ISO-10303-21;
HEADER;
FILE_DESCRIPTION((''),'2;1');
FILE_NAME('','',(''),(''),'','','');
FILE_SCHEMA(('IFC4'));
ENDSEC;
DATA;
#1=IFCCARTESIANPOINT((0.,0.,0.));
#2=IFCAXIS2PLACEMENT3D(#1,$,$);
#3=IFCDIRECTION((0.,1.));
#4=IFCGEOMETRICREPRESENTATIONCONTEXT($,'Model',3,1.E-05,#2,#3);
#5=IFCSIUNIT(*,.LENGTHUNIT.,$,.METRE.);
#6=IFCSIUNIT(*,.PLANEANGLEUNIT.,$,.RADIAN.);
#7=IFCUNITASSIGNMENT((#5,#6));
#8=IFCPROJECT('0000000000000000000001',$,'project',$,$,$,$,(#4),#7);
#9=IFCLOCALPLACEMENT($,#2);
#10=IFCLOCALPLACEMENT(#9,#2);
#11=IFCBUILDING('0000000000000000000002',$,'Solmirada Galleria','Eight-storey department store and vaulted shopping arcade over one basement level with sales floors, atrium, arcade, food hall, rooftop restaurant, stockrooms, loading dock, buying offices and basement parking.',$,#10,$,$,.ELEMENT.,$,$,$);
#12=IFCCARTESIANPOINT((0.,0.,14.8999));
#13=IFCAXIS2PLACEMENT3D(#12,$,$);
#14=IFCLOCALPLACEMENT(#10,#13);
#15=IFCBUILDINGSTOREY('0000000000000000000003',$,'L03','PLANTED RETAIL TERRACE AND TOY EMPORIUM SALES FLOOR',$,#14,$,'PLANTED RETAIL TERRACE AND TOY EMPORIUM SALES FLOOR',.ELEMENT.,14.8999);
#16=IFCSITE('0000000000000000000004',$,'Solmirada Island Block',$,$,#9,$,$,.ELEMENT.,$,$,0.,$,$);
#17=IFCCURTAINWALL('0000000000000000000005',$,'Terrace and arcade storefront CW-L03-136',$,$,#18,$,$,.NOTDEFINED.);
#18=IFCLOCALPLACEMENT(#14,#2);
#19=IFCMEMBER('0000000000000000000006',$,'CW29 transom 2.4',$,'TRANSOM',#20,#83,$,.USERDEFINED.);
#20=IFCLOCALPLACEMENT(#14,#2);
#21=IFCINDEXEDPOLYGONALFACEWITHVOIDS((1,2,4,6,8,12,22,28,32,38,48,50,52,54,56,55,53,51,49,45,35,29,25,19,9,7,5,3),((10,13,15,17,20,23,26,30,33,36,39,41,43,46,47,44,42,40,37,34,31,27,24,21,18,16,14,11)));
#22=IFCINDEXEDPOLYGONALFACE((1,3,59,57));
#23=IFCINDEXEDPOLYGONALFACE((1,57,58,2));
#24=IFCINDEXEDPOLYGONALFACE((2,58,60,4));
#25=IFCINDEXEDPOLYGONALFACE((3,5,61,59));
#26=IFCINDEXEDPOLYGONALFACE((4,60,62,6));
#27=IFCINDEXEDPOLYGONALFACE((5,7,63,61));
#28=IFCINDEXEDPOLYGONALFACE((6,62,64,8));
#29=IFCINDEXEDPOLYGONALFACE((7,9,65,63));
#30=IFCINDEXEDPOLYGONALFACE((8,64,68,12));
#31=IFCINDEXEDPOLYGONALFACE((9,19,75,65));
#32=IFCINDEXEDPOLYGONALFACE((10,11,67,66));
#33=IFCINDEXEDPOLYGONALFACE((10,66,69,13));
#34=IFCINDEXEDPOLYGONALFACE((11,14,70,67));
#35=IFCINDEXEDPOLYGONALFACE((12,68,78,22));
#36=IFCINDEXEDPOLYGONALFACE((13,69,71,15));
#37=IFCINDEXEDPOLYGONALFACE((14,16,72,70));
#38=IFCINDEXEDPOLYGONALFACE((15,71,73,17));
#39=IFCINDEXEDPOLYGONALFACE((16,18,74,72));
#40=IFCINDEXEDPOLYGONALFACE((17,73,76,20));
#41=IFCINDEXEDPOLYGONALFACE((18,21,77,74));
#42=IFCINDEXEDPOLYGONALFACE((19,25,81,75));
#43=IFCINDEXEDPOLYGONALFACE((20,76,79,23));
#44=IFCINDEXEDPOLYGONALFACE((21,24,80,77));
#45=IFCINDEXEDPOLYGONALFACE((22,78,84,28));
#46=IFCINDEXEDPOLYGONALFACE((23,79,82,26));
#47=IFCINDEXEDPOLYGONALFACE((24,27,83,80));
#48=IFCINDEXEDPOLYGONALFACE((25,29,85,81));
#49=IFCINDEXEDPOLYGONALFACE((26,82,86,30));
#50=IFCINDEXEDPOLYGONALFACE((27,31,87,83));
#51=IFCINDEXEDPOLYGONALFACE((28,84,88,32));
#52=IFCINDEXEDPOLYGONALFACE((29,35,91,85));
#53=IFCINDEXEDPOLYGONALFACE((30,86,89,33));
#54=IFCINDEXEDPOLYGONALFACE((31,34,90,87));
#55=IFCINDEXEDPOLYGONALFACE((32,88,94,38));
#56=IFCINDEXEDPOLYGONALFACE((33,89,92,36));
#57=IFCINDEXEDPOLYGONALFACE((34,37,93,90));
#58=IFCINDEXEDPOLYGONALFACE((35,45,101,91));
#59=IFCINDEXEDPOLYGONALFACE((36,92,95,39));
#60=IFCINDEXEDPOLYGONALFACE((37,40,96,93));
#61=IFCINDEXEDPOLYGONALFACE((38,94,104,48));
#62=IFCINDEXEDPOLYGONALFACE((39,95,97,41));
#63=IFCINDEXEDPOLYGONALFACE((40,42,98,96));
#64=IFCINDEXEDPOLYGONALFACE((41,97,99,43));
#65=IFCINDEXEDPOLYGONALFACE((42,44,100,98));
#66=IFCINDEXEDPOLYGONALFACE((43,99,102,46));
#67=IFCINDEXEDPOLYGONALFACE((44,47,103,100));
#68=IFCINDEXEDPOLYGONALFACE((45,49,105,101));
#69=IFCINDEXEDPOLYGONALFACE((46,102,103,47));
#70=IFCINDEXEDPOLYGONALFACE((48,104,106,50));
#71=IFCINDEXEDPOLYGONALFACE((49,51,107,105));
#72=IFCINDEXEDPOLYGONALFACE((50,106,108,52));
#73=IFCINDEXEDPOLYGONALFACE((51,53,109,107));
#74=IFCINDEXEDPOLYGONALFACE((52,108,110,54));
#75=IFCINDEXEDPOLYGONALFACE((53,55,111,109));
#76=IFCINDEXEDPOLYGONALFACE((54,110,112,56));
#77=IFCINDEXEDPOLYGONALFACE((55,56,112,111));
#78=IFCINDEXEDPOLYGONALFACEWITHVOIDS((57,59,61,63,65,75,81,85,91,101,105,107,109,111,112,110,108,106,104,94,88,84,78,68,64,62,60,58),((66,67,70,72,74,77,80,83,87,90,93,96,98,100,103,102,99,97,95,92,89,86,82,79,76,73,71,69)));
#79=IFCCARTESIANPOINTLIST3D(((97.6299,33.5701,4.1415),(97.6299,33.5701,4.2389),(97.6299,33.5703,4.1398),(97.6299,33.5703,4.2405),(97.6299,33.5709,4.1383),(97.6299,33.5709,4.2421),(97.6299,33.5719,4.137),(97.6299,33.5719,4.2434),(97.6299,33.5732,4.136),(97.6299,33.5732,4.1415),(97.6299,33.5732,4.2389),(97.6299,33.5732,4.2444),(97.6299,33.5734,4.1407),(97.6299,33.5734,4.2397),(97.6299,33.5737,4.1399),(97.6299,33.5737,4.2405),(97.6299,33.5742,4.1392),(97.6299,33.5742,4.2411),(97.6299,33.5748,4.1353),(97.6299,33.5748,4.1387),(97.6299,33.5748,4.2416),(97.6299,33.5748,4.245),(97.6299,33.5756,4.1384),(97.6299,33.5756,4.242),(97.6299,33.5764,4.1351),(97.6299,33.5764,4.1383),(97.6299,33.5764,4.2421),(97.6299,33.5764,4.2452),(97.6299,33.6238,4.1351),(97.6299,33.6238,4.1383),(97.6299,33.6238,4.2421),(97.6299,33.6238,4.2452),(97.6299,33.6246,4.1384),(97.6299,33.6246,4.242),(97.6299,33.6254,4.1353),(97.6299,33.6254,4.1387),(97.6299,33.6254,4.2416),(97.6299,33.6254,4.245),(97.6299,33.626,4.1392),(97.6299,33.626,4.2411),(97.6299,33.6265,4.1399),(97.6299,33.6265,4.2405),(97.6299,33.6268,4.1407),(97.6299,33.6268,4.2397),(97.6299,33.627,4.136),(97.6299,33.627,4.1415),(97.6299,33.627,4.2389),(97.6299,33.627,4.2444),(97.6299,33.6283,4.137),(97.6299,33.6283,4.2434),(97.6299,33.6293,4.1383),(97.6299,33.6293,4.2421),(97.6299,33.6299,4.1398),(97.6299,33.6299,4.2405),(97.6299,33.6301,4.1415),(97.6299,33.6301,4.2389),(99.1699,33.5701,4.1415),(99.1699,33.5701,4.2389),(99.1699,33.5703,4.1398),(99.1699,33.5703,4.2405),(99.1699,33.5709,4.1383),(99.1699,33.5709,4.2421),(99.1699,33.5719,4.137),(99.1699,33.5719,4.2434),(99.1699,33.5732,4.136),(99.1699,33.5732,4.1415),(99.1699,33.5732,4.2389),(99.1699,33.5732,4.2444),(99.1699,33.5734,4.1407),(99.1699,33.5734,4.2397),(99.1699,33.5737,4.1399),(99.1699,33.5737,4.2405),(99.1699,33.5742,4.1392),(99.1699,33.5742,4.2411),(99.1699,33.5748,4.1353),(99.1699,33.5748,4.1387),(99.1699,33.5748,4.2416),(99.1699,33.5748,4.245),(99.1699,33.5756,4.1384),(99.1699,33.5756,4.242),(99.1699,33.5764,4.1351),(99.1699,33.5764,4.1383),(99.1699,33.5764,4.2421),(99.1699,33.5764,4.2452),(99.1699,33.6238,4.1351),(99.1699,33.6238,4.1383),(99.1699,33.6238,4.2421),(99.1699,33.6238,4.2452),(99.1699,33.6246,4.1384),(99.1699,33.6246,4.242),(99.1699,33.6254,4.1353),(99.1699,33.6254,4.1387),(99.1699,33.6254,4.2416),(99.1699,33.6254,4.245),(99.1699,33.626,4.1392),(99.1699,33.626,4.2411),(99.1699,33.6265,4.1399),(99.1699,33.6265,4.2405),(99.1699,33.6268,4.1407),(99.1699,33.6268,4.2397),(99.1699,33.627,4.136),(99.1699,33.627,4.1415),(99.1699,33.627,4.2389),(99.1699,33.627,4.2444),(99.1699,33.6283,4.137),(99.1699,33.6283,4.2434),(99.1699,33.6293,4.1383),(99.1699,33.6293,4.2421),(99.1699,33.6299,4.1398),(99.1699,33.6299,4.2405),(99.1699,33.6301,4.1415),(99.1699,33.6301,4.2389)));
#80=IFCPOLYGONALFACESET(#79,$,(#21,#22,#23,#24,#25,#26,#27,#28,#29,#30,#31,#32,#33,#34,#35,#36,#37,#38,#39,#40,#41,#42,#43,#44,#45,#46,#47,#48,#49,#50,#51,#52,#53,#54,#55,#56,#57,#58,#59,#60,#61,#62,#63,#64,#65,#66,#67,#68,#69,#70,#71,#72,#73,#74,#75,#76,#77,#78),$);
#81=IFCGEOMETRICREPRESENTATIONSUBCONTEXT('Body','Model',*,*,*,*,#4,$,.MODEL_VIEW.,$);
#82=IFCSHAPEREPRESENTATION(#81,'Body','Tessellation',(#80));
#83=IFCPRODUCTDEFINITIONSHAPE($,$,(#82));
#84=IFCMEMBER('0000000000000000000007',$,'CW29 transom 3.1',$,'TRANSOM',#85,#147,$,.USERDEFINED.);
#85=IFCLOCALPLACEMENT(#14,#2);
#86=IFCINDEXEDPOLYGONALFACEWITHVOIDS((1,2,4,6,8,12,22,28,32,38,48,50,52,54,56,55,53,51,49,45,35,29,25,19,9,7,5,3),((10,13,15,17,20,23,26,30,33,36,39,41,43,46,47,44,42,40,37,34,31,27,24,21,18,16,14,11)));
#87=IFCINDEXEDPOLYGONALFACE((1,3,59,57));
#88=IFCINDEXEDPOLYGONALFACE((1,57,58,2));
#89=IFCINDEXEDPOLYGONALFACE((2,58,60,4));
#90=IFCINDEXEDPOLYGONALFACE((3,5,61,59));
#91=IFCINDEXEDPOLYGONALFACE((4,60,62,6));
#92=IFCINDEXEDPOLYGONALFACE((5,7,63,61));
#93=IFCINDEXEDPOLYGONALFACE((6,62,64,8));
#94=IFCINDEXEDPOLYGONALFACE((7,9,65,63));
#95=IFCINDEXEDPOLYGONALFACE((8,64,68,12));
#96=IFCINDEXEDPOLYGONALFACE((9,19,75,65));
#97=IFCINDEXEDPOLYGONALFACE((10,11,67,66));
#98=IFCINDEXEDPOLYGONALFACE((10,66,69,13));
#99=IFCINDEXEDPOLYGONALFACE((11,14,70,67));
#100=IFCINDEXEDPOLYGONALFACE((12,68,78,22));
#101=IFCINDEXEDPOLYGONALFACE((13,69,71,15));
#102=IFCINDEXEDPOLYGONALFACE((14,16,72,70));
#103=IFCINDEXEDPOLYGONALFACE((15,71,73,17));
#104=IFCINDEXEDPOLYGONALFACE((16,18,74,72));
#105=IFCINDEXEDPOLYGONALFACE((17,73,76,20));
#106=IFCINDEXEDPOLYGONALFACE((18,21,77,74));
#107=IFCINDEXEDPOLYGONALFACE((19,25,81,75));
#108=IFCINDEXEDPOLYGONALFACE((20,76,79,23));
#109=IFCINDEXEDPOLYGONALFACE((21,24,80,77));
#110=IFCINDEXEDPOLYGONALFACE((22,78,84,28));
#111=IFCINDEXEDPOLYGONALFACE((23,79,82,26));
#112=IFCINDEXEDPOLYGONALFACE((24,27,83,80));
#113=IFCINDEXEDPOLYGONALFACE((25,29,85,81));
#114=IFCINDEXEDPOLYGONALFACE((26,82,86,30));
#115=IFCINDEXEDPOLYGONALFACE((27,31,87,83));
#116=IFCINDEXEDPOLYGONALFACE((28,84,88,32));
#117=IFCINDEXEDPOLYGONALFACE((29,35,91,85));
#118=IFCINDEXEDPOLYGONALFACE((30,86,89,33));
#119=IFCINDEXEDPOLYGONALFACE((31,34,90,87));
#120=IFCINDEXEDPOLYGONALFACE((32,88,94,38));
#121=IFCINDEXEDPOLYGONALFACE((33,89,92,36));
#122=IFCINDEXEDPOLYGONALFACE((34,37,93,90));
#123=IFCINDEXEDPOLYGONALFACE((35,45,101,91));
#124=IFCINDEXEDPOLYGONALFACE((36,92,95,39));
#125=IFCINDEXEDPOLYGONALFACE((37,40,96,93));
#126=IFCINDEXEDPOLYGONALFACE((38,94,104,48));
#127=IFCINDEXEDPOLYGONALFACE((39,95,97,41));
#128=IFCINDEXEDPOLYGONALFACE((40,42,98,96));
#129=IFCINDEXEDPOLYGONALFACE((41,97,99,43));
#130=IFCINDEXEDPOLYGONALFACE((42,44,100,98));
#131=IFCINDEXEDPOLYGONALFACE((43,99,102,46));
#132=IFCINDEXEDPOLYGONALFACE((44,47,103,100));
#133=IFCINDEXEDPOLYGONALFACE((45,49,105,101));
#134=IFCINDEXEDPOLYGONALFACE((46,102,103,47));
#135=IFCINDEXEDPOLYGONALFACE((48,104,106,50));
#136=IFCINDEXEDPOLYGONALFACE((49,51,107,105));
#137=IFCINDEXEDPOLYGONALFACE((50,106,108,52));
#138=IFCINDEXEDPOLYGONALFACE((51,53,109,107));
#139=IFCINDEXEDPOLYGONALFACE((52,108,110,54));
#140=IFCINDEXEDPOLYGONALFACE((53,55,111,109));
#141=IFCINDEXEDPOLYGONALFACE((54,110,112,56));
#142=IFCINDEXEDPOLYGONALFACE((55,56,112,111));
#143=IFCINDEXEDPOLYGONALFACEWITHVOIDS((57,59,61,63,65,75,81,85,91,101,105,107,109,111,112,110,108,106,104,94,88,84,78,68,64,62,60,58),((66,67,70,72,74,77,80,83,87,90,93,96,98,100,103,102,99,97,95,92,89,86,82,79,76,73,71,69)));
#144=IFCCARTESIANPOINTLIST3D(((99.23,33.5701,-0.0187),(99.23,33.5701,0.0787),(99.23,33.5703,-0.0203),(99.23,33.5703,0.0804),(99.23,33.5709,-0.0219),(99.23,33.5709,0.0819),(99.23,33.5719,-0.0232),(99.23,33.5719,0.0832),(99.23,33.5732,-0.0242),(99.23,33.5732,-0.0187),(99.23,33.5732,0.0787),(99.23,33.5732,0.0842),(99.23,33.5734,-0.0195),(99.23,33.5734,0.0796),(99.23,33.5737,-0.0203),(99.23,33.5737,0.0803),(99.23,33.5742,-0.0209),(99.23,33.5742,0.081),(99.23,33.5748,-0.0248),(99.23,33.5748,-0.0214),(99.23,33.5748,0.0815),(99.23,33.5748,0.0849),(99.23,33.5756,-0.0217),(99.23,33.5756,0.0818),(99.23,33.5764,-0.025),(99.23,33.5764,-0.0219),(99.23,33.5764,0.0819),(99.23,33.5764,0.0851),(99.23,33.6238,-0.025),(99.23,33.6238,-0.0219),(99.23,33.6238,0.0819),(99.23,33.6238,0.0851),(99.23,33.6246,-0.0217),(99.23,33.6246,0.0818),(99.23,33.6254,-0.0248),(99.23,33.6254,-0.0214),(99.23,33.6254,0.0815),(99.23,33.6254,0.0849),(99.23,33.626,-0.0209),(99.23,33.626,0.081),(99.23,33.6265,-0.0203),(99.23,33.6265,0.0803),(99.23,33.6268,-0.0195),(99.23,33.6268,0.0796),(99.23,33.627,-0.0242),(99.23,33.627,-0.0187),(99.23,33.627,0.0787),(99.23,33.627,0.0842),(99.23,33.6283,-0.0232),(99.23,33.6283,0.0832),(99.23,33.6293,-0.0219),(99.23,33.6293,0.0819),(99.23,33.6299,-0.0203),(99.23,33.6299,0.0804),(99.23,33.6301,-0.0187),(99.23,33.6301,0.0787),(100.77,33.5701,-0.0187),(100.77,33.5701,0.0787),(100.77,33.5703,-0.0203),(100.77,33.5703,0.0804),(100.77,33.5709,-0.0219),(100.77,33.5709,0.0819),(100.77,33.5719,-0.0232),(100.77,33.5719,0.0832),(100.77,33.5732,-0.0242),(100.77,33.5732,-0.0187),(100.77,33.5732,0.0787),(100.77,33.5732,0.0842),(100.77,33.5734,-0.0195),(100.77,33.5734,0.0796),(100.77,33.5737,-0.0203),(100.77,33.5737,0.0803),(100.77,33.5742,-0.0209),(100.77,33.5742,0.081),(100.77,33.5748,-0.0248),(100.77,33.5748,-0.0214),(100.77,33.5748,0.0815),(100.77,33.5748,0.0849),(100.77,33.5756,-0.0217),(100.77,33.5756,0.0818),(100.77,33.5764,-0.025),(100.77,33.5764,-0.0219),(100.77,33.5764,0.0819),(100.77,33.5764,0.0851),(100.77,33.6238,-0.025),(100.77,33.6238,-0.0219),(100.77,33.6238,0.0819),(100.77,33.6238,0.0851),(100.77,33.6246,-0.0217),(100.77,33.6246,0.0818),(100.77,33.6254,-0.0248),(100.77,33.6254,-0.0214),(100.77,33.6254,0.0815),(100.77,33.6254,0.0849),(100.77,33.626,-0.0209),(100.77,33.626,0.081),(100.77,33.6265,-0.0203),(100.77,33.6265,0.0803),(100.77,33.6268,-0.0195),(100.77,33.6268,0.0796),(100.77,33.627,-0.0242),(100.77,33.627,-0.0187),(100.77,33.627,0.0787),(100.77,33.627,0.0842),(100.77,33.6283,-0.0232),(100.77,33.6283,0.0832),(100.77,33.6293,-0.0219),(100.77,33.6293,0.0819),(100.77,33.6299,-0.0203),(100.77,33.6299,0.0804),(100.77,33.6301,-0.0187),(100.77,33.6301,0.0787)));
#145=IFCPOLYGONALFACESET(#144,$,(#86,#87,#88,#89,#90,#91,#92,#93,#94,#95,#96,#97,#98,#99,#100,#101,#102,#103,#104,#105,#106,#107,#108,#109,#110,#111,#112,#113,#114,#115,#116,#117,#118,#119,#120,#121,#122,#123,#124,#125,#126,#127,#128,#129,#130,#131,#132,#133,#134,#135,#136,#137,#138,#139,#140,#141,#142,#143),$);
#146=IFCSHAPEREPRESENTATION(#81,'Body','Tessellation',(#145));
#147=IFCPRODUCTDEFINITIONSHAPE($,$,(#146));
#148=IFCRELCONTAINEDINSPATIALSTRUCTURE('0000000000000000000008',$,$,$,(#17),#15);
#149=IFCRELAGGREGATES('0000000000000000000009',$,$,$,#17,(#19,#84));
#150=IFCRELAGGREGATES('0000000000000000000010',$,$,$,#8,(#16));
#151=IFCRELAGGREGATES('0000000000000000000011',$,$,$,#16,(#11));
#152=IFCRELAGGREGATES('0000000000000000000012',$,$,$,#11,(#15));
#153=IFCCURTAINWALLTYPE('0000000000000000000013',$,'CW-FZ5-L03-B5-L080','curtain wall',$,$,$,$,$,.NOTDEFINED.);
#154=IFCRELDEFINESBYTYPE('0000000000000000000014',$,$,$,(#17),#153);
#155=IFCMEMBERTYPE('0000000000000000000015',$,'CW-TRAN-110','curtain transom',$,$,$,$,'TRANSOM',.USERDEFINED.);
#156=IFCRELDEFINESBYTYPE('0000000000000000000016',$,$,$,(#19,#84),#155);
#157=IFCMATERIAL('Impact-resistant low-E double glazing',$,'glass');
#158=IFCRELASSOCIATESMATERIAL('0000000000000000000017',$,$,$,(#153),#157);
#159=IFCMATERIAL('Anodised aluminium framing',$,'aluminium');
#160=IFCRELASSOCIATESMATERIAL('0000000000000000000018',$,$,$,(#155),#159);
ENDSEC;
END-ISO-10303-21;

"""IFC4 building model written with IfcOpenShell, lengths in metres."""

from ifc_helpers import new_model, si_unit, direction, frame, origin, origin_2d, place, context, subcontext, project, spatial, hollow_rectangle, extrude, material, material_profile, profile_set, type_object, element, aggregate, save


model = new_model("IFC4")

# Units and contexts
model_context = context("Model", 3, precision=1e-05, world=origin(), true_north=direction((0.0, 1.0)))
body_context = subcontext(model_context, "Body", "Model", "MODEL_VIEW")
ifc_project = project(units=[si_unit("LENGTHUNIT", "METRE"), si_unit("PLANEANGLEUNIT", "RADIAN")], contexts=[model_context])

# Site, building, storey
site_placement = place(None, origin())
site = spatial("IfcSite", under=ifc_project, at=site_placement, Name="Solmirada Island Block", CompositionType="ELEMENT", RefElevation=0.0)
building_placement = place(site_placement, origin())
building = spatial("IfcBuilding", under=site, at=building_placement, Name="Solmirada Galleria", Description="Eight-storey department store and vaulted shopping arcade over one basement level with sales floors, atrium, arcade, food hall, rooftop restaurant, stockrooms, loading dock, buying offices and basement parking.", CompositionType="ELEMENT")
storey_placement = place(building_placement, frame((0.0, 0.0, 14.8999)))
storey = spatial("IfcBuildingStorey", under=building, at=storey_placement, Name="L03", Description="PLANTED RETAIL TERRACE AND TOY EMPORIUM SALES FLOOR", LongName="PLANTED RETAIL TERRACE AND TOY EMPORIUM SALES FLOOR", CompositionType="ELEMENT", Elevation=14.8999)

# Curtain wall, members
ifc_material_1 = material(Name="Impact-resistant low-E double glazing", Category="glass")
curtain_wall_type = type_object("IfcCurtainWallType", Name="CW-FZ5-L03-B5-L080", Description="curtain wall", PredefinedType="NOTDEFINED", material=ifc_material_1)
curtain_wall_placement = place(storey_placement, origin())
curtain_wall = element("IfcCurtainWall", 1, at=curtain_wall_placement, inside=storey, type_object=curtain_wall_type, Name="Terrace and arcade storefront CW-L03-136", PredefinedType="NOTDEFINED")
ifc_material_2 = material(Name="Anodised aluminium framing", Category="aluminium")
ifc_material_profile_1 = material_profile(ifc_material_2, hollow_rectangle(XDim=0.0601, YDim=0.1101, WallThickness=0.0032, InnerFilletRadius=0.0032, OuterFilletRadius=0.0063, at=origin_2d()), Name="ALU-TRAN-110X60")
ifc_profile_set_1 = profile_set([ifc_material_profile_1], Name="Anodised aluminium framing")
member_type_1 = type_object("IfcMemberType", Name="CW-TRAN-110", Description="curtain transom", ElementType="TRANSOM", PredefinedType="USERDEFINED", material=ifc_profile_set_1)
member_1_placement = place(storey_placement, frame((97.6299, 33.6001, 4.1902), z_axis=(1.0, 0.0, 0.0), x_axis=(0.0, 1.0, 0.0)))
member_1 = element("IfcMember", 2, at=member_1_placement, type_object=member_type_1, Name="CW29 transom 2.4", ObjectType="TRANSOM", PredefinedType="USERDEFINED", context=body_context, shape_type="SweptSolid", body=[
    extrude(hollow_rectangle(XDim=0.0601, YDim=0.1101, WallThickness=0.0032, InnerFilletRadius=0.0032, OuterFilletRadius=0.0063, at=origin_2d()), origin(), (0.0, 0.0, 1.0), 1.54),
])
member_2_placement = place(storey_placement, frame((99.23, 33.6001, 0.03), z_axis=(1.0, 0.0, 0.0), x_axis=(0.0, 1.0, 0.0)))
member_2 = element("IfcMember", 3, at=member_2_placement, type_object=member_type_1, Name="CW29 transom 3.1", ObjectType="TRANSOM", PredefinedType="USERDEFINED", context=body_context, shape_type="SweptSolid", body=[
    extrude(hollow_rectangle(XDim=0.0601, YDim=0.1101, WallThickness=0.0032, InnerFilletRadius=0.0032, OuterFilletRadius=0.0063, at=origin_2d()), origin(), (0.0, 0.0, 1.0), 1.54),
])
aggregate(curtain_wall, [member_1, member_2])

save(model, "model.ifc")
